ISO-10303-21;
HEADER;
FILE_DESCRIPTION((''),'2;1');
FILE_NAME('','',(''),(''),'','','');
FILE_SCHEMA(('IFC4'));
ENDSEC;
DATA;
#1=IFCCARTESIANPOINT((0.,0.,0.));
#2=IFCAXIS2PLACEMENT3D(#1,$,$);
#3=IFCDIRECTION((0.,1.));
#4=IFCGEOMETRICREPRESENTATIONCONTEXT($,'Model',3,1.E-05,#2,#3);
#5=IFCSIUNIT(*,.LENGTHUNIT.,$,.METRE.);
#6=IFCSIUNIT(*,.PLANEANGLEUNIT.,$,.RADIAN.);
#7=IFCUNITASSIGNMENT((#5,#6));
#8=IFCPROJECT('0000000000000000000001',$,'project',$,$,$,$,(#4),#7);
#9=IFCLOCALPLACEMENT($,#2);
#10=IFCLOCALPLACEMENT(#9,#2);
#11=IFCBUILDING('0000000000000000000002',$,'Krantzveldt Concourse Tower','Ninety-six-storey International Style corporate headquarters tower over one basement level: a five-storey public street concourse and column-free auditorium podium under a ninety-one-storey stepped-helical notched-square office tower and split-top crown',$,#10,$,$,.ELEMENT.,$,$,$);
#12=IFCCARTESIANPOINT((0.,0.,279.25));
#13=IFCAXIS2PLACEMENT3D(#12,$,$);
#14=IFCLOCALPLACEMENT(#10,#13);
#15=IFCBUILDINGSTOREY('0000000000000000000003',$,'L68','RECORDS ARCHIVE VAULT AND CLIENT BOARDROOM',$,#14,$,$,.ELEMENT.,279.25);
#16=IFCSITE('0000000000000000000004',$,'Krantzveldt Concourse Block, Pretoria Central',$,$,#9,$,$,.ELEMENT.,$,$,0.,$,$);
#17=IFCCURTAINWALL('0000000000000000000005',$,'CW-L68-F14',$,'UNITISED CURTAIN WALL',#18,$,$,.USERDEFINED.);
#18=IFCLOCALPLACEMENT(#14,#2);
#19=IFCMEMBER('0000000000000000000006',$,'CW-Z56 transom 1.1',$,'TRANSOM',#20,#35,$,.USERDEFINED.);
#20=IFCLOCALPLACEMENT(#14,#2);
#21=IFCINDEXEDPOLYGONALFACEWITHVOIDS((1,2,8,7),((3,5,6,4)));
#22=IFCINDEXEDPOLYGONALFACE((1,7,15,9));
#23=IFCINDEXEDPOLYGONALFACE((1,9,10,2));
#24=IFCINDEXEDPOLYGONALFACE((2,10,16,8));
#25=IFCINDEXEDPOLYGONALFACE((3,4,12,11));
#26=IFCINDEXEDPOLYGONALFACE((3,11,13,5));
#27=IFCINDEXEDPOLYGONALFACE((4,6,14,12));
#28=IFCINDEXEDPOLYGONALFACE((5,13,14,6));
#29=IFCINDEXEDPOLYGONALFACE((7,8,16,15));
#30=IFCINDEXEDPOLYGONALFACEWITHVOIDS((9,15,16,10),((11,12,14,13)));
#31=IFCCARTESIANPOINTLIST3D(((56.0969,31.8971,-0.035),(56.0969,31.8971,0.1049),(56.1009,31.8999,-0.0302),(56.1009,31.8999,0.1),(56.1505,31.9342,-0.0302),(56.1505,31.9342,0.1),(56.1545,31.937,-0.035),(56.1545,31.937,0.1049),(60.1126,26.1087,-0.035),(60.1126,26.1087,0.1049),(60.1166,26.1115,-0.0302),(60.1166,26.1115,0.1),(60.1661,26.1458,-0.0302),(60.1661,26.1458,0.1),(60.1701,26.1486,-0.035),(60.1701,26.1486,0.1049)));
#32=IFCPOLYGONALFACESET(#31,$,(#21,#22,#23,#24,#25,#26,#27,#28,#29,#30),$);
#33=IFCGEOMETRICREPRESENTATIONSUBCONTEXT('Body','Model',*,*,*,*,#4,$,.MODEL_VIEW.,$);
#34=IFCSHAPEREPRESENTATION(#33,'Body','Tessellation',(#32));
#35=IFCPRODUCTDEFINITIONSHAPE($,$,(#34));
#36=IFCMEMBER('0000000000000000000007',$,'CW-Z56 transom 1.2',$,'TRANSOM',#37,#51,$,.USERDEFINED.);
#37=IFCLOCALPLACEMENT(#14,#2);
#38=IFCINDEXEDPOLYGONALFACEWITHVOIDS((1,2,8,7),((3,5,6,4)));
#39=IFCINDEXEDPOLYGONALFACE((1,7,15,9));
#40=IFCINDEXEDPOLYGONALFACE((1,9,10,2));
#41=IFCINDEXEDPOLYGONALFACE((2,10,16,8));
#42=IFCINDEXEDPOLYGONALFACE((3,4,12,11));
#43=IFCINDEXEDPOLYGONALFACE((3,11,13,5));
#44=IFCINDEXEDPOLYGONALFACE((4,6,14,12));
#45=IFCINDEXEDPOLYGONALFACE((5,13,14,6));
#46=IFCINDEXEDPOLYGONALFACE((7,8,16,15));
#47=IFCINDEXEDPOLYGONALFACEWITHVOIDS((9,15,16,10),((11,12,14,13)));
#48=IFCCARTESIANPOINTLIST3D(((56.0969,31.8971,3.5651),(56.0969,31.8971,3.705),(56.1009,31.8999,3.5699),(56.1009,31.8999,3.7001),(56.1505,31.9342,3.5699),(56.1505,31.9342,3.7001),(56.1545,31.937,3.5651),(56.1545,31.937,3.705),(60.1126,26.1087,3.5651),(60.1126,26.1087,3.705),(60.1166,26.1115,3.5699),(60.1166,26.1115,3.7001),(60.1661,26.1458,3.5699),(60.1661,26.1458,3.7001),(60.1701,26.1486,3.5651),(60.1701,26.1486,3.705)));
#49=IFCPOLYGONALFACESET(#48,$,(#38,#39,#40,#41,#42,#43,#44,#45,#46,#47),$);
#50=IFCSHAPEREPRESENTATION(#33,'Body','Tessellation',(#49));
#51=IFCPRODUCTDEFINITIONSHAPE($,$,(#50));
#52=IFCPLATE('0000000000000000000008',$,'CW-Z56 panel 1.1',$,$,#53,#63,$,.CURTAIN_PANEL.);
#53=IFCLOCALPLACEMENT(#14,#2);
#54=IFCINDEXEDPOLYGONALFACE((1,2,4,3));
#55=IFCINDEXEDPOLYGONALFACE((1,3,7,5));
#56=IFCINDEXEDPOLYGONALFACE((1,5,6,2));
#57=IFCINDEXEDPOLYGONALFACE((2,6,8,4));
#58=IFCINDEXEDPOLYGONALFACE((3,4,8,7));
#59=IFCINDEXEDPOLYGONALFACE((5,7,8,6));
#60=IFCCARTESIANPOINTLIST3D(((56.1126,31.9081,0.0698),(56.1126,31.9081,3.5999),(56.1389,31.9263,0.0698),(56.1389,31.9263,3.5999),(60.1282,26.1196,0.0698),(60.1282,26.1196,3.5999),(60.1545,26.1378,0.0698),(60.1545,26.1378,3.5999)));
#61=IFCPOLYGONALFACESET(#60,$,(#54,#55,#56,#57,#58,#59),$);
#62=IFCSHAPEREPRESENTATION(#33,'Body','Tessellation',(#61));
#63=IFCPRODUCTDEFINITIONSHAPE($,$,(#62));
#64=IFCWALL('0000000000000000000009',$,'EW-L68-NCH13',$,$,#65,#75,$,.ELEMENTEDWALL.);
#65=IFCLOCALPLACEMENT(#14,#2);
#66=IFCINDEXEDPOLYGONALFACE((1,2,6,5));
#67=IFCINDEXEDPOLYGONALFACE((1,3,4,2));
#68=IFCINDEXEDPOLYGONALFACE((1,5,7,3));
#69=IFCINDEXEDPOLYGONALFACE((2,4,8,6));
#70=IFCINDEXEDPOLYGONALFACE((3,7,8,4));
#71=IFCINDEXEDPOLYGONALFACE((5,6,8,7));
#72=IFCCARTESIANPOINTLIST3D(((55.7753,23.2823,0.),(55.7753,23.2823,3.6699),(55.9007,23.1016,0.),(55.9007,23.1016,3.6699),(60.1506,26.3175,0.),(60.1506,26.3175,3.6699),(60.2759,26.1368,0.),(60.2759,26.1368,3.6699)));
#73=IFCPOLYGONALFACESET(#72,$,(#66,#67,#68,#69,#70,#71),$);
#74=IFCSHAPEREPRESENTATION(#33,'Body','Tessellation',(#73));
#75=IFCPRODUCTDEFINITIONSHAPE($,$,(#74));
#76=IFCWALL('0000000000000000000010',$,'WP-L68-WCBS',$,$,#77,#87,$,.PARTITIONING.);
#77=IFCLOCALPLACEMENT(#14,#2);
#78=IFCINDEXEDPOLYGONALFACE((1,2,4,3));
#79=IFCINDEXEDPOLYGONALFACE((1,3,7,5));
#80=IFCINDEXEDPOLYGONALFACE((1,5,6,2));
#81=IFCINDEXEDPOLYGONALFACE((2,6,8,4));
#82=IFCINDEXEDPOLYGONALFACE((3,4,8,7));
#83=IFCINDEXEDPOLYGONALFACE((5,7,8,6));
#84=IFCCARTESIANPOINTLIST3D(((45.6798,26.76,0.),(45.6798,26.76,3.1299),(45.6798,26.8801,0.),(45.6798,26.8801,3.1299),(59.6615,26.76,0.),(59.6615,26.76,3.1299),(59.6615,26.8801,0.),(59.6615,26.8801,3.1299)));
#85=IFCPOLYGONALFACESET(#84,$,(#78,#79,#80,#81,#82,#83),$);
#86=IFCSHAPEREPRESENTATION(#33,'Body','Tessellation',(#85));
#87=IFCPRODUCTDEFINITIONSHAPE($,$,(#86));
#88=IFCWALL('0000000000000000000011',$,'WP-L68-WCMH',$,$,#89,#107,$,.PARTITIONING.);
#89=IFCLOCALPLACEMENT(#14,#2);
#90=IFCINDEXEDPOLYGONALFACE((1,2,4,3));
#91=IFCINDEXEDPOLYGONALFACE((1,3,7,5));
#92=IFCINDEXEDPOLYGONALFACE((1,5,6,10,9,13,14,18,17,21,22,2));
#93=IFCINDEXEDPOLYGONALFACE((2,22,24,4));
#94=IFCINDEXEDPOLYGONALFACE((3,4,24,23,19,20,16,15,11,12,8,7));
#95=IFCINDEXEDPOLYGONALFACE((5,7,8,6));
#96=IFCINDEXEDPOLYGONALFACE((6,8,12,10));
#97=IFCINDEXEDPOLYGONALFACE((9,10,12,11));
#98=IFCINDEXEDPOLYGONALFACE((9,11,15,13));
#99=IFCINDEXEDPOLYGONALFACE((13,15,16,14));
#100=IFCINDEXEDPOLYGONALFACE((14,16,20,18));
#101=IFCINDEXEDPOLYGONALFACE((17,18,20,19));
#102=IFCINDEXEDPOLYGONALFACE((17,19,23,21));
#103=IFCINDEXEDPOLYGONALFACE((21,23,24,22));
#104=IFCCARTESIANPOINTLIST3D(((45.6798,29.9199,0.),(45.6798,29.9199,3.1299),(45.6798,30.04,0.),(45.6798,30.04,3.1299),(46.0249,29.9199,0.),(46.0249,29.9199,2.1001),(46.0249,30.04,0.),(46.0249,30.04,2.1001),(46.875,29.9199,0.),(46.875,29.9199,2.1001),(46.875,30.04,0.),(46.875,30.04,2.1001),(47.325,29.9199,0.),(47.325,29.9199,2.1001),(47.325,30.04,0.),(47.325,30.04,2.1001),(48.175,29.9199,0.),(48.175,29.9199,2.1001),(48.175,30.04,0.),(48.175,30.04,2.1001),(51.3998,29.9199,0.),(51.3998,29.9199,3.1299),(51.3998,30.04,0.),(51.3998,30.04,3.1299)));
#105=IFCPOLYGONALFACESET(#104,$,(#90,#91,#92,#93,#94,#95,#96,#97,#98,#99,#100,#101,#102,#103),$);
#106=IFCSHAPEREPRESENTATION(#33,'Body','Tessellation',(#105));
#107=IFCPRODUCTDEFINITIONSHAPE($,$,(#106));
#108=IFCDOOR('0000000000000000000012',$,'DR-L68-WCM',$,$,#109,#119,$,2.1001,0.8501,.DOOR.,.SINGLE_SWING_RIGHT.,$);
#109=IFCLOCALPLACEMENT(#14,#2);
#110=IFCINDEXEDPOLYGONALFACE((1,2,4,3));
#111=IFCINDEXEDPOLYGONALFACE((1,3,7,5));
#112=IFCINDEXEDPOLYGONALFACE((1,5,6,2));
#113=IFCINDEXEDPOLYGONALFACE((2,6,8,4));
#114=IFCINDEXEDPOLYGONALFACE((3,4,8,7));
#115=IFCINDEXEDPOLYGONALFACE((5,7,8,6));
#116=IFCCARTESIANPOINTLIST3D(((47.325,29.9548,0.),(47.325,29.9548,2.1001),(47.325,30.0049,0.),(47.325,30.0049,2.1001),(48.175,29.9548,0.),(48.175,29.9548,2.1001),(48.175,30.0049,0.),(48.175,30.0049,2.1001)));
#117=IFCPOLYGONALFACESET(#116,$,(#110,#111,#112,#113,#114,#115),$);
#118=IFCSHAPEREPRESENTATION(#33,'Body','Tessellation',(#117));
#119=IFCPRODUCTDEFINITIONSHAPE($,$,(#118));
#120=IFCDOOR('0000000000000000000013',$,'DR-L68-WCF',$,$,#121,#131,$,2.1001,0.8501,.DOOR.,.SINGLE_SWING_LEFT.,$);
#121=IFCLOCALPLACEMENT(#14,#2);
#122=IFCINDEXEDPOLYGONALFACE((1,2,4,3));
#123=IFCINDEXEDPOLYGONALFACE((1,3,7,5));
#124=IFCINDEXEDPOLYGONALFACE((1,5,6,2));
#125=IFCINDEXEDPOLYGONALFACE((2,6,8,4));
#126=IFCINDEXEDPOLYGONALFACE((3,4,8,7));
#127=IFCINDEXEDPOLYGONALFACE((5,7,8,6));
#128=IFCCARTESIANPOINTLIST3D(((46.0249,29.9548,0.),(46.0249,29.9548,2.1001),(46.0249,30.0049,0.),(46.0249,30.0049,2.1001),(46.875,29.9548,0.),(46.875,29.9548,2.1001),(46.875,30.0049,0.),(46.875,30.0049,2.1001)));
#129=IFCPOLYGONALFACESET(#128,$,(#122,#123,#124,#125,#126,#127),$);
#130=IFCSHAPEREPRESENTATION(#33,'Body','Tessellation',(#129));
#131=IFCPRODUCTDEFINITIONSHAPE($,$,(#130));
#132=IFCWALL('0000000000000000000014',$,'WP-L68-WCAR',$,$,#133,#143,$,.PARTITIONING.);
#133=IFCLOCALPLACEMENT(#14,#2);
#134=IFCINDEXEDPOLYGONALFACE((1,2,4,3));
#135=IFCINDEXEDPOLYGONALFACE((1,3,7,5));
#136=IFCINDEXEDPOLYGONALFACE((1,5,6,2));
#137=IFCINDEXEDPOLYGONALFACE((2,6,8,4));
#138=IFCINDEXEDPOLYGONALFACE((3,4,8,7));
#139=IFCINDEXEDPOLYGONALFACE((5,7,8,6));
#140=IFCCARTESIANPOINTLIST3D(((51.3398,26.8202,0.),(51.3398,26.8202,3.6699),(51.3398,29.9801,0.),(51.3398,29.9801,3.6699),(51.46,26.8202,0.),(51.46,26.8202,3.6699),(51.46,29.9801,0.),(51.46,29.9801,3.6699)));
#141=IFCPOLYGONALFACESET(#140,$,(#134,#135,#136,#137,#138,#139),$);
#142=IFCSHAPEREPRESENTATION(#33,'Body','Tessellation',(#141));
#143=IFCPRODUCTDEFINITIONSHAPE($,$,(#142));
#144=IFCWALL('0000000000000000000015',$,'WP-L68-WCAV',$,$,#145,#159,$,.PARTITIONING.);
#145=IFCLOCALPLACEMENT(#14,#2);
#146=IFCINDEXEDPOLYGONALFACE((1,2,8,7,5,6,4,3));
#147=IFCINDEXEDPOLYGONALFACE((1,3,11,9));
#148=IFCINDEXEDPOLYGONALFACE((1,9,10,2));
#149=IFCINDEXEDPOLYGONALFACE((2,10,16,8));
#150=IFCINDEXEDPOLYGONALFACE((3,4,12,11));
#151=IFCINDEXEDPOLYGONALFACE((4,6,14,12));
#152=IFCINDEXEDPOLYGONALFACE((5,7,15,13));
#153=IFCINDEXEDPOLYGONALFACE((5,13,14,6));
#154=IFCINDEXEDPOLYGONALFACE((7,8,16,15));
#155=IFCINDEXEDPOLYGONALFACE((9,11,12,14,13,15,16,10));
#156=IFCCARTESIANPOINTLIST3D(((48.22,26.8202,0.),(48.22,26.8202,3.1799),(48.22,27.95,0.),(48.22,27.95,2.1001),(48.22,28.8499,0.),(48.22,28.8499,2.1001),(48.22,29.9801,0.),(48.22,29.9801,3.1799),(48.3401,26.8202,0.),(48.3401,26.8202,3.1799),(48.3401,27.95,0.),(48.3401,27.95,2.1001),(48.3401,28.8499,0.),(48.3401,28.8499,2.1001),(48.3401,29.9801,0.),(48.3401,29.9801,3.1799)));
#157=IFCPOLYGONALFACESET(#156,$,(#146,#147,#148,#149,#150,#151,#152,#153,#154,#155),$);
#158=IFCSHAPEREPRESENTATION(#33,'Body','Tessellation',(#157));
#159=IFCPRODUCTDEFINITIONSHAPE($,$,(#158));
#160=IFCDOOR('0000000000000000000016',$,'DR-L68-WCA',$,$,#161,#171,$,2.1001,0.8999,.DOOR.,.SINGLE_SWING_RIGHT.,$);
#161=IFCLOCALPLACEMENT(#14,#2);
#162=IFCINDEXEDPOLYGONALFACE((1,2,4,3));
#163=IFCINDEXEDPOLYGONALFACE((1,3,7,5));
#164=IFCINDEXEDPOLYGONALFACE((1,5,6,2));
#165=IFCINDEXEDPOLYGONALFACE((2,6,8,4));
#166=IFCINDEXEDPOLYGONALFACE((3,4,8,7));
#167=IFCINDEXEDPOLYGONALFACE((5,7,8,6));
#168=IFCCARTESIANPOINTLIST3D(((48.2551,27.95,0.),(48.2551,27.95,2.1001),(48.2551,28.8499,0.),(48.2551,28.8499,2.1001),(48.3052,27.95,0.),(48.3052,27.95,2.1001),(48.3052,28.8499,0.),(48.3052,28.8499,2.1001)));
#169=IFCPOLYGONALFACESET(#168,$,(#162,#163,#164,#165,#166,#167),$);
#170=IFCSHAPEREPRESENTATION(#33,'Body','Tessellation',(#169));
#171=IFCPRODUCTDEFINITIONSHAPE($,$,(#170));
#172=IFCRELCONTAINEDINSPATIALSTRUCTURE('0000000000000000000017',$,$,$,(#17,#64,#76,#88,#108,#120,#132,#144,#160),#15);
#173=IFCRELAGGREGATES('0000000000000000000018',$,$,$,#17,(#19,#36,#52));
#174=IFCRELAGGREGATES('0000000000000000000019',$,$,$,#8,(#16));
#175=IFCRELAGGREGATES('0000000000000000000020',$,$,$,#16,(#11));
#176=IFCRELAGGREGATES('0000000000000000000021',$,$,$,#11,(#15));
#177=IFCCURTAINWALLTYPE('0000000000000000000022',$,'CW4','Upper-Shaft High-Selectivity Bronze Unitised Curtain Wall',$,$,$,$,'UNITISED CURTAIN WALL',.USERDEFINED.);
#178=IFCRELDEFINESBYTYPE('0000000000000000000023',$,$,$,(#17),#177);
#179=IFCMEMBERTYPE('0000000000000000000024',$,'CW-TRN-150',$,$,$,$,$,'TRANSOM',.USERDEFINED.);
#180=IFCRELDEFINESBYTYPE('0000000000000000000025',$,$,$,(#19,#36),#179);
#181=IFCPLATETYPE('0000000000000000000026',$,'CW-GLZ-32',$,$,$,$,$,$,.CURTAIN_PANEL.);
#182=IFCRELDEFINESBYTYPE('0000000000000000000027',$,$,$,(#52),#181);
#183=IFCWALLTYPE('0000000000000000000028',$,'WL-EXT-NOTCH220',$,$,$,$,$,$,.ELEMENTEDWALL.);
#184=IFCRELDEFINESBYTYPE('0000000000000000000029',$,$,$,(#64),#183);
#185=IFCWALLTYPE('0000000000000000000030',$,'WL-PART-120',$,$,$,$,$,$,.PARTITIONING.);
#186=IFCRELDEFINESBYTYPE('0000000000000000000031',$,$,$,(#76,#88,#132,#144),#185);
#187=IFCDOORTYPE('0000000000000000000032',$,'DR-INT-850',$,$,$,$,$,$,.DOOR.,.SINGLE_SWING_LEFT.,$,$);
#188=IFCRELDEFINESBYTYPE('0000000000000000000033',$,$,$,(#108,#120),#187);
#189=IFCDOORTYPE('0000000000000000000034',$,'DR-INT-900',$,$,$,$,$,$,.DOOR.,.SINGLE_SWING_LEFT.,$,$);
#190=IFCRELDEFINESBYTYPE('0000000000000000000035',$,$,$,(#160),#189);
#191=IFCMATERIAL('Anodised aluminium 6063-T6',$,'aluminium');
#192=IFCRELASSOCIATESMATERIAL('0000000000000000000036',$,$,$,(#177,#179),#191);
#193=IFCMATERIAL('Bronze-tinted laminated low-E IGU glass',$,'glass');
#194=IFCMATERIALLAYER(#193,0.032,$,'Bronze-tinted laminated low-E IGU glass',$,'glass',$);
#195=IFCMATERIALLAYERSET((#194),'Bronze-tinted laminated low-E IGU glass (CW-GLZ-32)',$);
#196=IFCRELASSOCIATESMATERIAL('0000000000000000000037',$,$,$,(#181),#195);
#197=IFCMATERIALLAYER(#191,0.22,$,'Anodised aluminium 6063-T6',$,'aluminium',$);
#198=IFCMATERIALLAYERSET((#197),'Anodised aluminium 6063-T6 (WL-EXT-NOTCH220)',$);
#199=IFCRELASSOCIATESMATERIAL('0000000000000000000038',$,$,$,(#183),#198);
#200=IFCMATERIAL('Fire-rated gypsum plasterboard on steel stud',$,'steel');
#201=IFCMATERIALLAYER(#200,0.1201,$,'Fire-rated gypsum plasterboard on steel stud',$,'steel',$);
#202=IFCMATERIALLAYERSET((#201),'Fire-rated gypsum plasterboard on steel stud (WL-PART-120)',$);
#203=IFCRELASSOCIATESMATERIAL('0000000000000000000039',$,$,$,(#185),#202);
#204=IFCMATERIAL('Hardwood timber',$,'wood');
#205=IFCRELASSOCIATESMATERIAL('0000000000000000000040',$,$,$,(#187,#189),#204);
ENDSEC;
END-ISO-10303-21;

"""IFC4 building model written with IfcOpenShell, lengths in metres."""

from ifc_helpers import new_model, si_unit, direction, frame, frame_2d, origin, origin_2d, place, context, subcontext, project, spatial, rectangle, hollow_rectangle, extrude, source, transform, mapped, material, layer, layer_set, material_profile, profile_set, type_object, type_shapes, element, fill, aggregate, save


model = new_model("IFC4")

# Units and contexts
model_context = context("Model", 3, precision=1e-05, world=origin(), true_north=direction((0.0, 1.0)))
body_context = subcontext(model_context, "Body", "Model", "MODEL_VIEW")
ifc_project = project(units=[si_unit("LENGTHUNIT", "METRE"), si_unit("PLANEANGLEUNIT", "RADIAN")], contexts=[model_context])

# Site, building, storey
site_placement = place(None, origin())
site = spatial("IfcSite", under=ifc_project, at=site_placement, Name="Krantzveldt Concourse Block, Pretoria Central", CompositionType="ELEMENT", RefElevation=0.0)
building_placement = place(site_placement, origin())
building = spatial("IfcBuilding", under=site, at=building_placement, Name="Krantzveldt Concourse Tower", Description="Ninety-six-storey International Style corporate headquarters tower over one basement level: a five-storey public street concourse and column-free auditorium podium under a ninety-one-storey stepped-helical notched-square office tower and split-top crown", CompositionType="ELEMENT")
storey_placement = place(building_placement, frame((0.0, 0.0, 279.25)))
storey = spatial("IfcBuildingStorey", under=building, at=storey_placement, Name="L68", Description="RECORDS ARCHIVE VAULT AND CLIENT BOARDROOM", CompositionType="ELEMENT", Elevation=279.25)

# Curtain wall, members, plate
ifc_material_1 = material(Name="Anodised aluminium 6063-T6", Category="aluminium")
curtain_wall_type = type_object("IfcCurtainWallType", Name="CW4", Description="Upper-Shaft High-Selectivity Bronze Unitised Curtain Wall", ElementType="UNITISED CURTAIN WALL", PredefinedType="USERDEFINED", material=ifc_material_1)
curtain_wall_placement = place(storey_placement, origin())
curtain_wall = element("IfcCurtainWall", 1, at=curtain_wall_placement, inside=storey, type_object=curtain_wall_type, Name="CW-L68-F14", ObjectType="UNITISED CURTAIN WALL", PredefinedType="USERDEFINED")
ifc_material_profile_1 = material_profile(ifc_material_1, hollow_rectangle(XDim=0.0701, YDim=0.1399, WallThickness=0.0049, at=origin_2d()), Name="Anodised aluminium 6063-T6", Category="aluminium")
ifc_profile_set_1 = profile_set([ifc_material_profile_1], Name="Anodised aluminium 6063-T6 - ALU-TRAN 140x70x5")
member_type_1 = type_object("IfcMemberType", Name="CW-TRN-150", ElementType="TRANSOM", PredefinedType="USERDEFINED", material=ifc_profile_set_1)
shared_shape_1 = source(origin(), body_context, "Body", "SweptSolid", [
    extrude(hollow_rectangle(XDim=0.0701, YDim=0.1399, WallThickness=0.0049, at=origin_2d()), origin(), (0.0, 0.0, 1.0), 7.0449),
])
type_shapes(member_type_1, [shared_shape_1])
member_1_placement = place(storey_placement, frame((60.1414, 26.1287, 0.0349), z_axis=(-0.570008, 0.821639, 0.0), x_axis=(-0.821639, -0.570008, 0.0)))
member_1 = element("IfcMember", 2, at=member_1_placement, type_object=member_type_1, Name="CW-Z56 transom 1.1", ObjectType="TRANSOM", PredefinedType="USERDEFINED", context=body_context, shape_type="MappedRepresentation", body=[
    mapped(shared_shape_1, transform((0.0, 0.0, 0.0), x_axis=(1.0, 0.0, 0.0), y_axis=(0.0, 1.0, 0.0), z_axis=(0.0, 0.0, 1.0), scale=1.0)),
])
member_2_placement = place(storey_placement, frame((60.1414, 26.1287, 3.635), z_axis=(-0.570008, 0.821639, 0.0), x_axis=(-0.821639, -0.570008, 0.0)))
member_2 = element("IfcMember", 3, at=member_2_placement, type_object=member_type_1, Name="CW-Z56 transom 1.2", ObjectType="TRANSOM", PredefinedType="USERDEFINED", context=body_context, shape_type="MappedRepresentation", body=[
    mapped(shared_shape_1, transform((0.0, 0.0, 0.0), x_axis=(1.0, 0.0, 0.0), y_axis=(0.0, 1.0, 0.0), z_axis=(0.0, 0.0, 1.0), scale=1.0)),
])
ifc_material_2 = material(Name="Bronze-tinted laminated low-E IGU glass", Category="glass")
ifc_layer_1 = layer(ifc_material_2, 0.032, Name="Bronze-tinted laminated low-E IGU glass", Category="glass")
ifc_layer_set_1 = layer_set([ifc_layer_1], Name="Bronze-tinted laminated low-E IGU glass (CW-GLZ-32)")
plate_type = type_object("IfcPlateType", Name="CW-GLZ-32", PredefinedType="CURTAIN_PANEL", material=ifc_layer_set_1)
shared_shape_2 = source(origin(), body_context, "Body", "SweptSolid", [
    extrude(rectangle(XDim=7.0449, YDim=0.032, at=origin_2d()), origin(), (0.0, 0.0, 1.0), 3.53),
])
type_shapes(plate_type, [shared_shape_2])
plate_placement = place(storey_placement, frame((58.1335, 29.0229, 0.0698), z_axis=(0.0, 0.0, 1.0), x_axis=(-0.569997, 0.821647, 0.0)))
plate = element("IfcPlate", 4, at=plate_placement, type_object=plate_type, Name="CW-Z56 panel 1.1", PredefinedType="CURTAIN_PANEL", context=body_context, shape_type="MappedRepresentation", body=[
    mapped(shared_shape_2, transform((0.0, 0.0, 0.0), x_axis=(1.0, 0.0, 0.0), y_axis=(0.0, 1.0, 0.0), z_axis=(0.0, 0.0, 1.0), scale=1.0)),
])
aggregate(curtain_wall, [member_1, member_2, plate])

# Walls
ifc_layer_2 = layer(ifc_material_1, 0.22, Name="Anodised aluminium 6063-T6", Category="aluminium")
ifc_layer_set_2 = layer_set([ifc_layer_2], Name="Anodised aluminium 6063-T6 (WL-EXT-NOTCH220)")
wall_type_1 = type_object("IfcWallType", Name="WL-EXT-NOTCH220", PredefinedType="ELEMENTEDWALL", material=ifc_layer_set_2)
wall_1_placement = place(storey_placement, frame((55.8379, 23.1919, 0.0), z_axis=(0.0, 0.0, 1.0), x_axis=(0.821652, 0.569989, 0.0)))
element("IfcWall", 5, at=wall_1_placement, inside=storey, type_object=wall_type_1, Name="EW-L68-NCH13", PredefinedType="ELEMENTEDWALL", context=body_context, shape_type="SweptSolid", body=[
    extrude(rectangle(XDim=5.325, YDim=0.22, at=frame_2d((2.6626, 0.0))), origin(), (0.0, 0.0, 1.0), 3.6699),
])
ifc_material_3 = material(Name="Fire-rated gypsum plasterboard on steel stud", Category="steel")
ifc_layer_3 = layer(ifc_material_3, 0.1201, Name="Fire-rated gypsum plasterboard on steel stud", Category="steel")
ifc_layer_set_3 = layer_set([ifc_layer_3], Name="Fire-rated gypsum plasterboard on steel stud (WL-PART-120)")
wall_type_2 = type_object("IfcWallType", Name="WL-PART-120", PredefinedType="PARTITIONING", material=ifc_layer_set_3)
wall_2_placement = place(storey_placement, frame((45.6799, 26.8201, 0.0), z_axis=(0.0, 0.0, 1.0), x_axis=(1.0, 0.0, 0.0)))
element("IfcWall", 6, at=wall_2_placement, inside=storey, type_object=wall_type_2, Name="WP-L68-WCBS", PredefinedType="PARTITIONING", context=body_context, shape_type="SweptSolid", body=[
    extrude(rectangle(XDim=13.9817, YDim=0.1201, at=frame_2d((6.9907, 0.0))), origin(), (0.0, 0.0, 1.0), 3.1299),
])

# Wall, openings, doors
wall_3_placement = place(storey_placement, frame((45.6799, 29.98, 0.0), z_axis=(0.0, 0.0, 1.0), x_axis=(1.0, 0.0, 0.0)))
wall_3 = element("IfcWall", 7, at=wall_3_placement, inside=storey, type_object=wall_type_2, Name="WP-L68-WCMH", PredefinedType="PARTITIONING", context=body_context, shape_type="SweptSolid", body=[
    extrude(rectangle(XDim=5.72, YDim=0.1201, at=frame_2d((2.8599, 0.0))), origin(), (0.0, 0.0, 1.0), 3.1299),
])
opening_1_placement = place(wall_3_placement, frame((1.645, 0.0, 0.0)))
opening_1 = element("IfcOpeningElement", 8, at=opening_1_placement, cuts=wall_3, PredefinedType="OPENING", context=body_context, shape_type="SweptSolid", body=[
    extrude(rectangle(XDim=0.8501, YDim=2.1001, at=frame_2d((0.425, 1.05))), frame((0.0, 0.0701, 0.0), z_axis=(0.0, -1.0, 0.0), x_axis=(1.0, 0.0, 0.0)), (0.0, 0.0, 1.0), 0.1401),
])
opening_2_placement = place(wall_3_placement, frame((0.345, 0.0, 0.0)))
opening_2 = element("IfcOpeningElement", 9, at=opening_2_placement, cuts=wall_3, PredefinedType="OPENING", context=body_context, shape_type="SweptSolid", body=[
    extrude(rectangle(XDim=0.8501, YDim=2.1001, at=frame_2d((0.425, 1.05))), frame((0.0, 0.0701, 0.0), z_axis=(0.0, -1.0, 0.0), x_axis=(1.0, 0.0, 0.0)), (0.0, 0.0, 1.0), 0.1401),
])
ifc_material_4 = material(Name="Hardwood timber", Category="wood")
door_type_1 = type_object("IfcDoorType", Name="DR-INT-850", OperationType="SINGLE_SWING_LEFT", PredefinedType="DOOR", material=ifc_material_4)
door_1_placement = place(opening_1_placement, origin())
door_1 = element("IfcDoor", 10, at=door_1_placement, inside=storey, type_object=door_type_1, Name="DR-L68-WCM", OperationType="SINGLE_SWING_RIGHT", OverallHeight=2.1001, OverallWidth=0.8501, PredefinedType="DOOR", context=body_context, shape_type="SweptSolid", body=[
    extrude(rectangle(XDim=0.8501, YDim=2.1001, at=frame_2d((0.425, 1.05))), frame((0.0, 0.0249, 0.0), z_axis=(0.0, -1.0, 0.0), x_axis=(1.0, 0.0, 0.0)), (0.0, 0.0, 1.0), 0.05),
])
fill(opening_1, door_1)
door_2_placement = place(opening_2_placement, origin())
door_2 = element("IfcDoor", 11, at=door_2_placement, inside=storey, type_object=door_type_1, Name="DR-L68-WCF", OperationType="SINGLE_SWING_LEFT", OverallHeight=2.1001, OverallWidth=0.8501, PredefinedType="DOOR", context=body_context, shape_type="SweptSolid", body=[
    extrude(rectangle(XDim=0.8501, YDim=2.1001, at=frame_2d((0.425, 1.05))), frame((0.0, 0.0249, 0.0), z_axis=(0.0, -1.0, 0.0), x_axis=(1.0, 0.0, 0.0)), (0.0, 0.0, 1.0), 0.05),
])
fill(opening_2, door_2)

# Wall
wall_4_placement = place(storey_placement, frame((51.3999, 26.8201, 0.0), z_axis=(0.0, 0.0, 1.0), x_axis=(0.0, 1.0, 0.0)))
element("IfcWall", 12, at=wall_4_placement, inside=storey, type_object=wall_type_2, Name="WP-L68-WCAR", PredefinedType="PARTITIONING", context=body_context, shape_type="SweptSolid", body=[
    extrude(rectangle(XDim=3.1599, YDim=0.1201, at=frame_2d((1.5801, 0.0))), origin(), (0.0, 0.0, 1.0), 3.6699),
])

# Wall, opening, door
wall_5_placement = place(storey_placement, frame((48.28, 26.8201, 0.0), z_axis=(0.0, 0.0, 1.0), x_axis=(0.0, 1.0, 0.0)))
wall_5 = element("IfcWall", 13, at=wall_5_placement, inside=storey, type_object=wall_type_2, Name="WP-L68-WCAV", PredefinedType="PARTITIONING", context=body_context, shape_type="SweptSolid", body=[
    extrude(rectangle(XDim=3.1599, YDim=0.1201, at=frame_2d((1.5801, 0.0))), origin(), (0.0, 0.0, 1.0), 3.1799),
])
opening_3_placement = place(wall_5_placement, frame((1.1299, 0.0, 0.0)))
opening_3 = element("IfcOpeningElement", 14, at=opening_3_placement, cuts=wall_5, PredefinedType="OPENING", context=body_context, shape_type="SweptSolid", body=[
    extrude(rectangle(XDim=0.8999, YDim=2.1001, at=frame_2d((0.45, 1.05))), frame((0.0, 0.0701, 0.0), z_axis=(0.0, -1.0, 0.0), x_axis=(1.0, 0.0, 0.0)), (0.0, 0.0, 1.0), 0.1401),
])
door_type_2 = type_object("IfcDoorType", Name="DR-INT-900", OperationType="SINGLE_SWING_LEFT", PredefinedType="DOOR", material=ifc_material_4)
door_3_placement = place(opening_3_placement, origin())
door_3 = element("IfcDoor", 15, at=door_3_placement, inside=storey, type_object=door_type_2, Name="DR-L68-WCA", OperationType="SINGLE_SWING_RIGHT", OverallHeight=2.1001, OverallWidth=0.8999, PredefinedType="DOOR", context=body_context, shape_type="SweptSolid", body=[
    extrude(rectangle(XDim=0.8999, YDim=2.1001, at=frame_2d((0.45, 1.05))), frame((0.0, 0.0249, 0.0), z_axis=(0.0, -1.0, 0.0), x_axis=(1.0, 0.0, 0.0)), (0.0, 0.0, 1.0), 0.05),
])
fill(opening_3, door_3)

save(model, "model.ifc")
